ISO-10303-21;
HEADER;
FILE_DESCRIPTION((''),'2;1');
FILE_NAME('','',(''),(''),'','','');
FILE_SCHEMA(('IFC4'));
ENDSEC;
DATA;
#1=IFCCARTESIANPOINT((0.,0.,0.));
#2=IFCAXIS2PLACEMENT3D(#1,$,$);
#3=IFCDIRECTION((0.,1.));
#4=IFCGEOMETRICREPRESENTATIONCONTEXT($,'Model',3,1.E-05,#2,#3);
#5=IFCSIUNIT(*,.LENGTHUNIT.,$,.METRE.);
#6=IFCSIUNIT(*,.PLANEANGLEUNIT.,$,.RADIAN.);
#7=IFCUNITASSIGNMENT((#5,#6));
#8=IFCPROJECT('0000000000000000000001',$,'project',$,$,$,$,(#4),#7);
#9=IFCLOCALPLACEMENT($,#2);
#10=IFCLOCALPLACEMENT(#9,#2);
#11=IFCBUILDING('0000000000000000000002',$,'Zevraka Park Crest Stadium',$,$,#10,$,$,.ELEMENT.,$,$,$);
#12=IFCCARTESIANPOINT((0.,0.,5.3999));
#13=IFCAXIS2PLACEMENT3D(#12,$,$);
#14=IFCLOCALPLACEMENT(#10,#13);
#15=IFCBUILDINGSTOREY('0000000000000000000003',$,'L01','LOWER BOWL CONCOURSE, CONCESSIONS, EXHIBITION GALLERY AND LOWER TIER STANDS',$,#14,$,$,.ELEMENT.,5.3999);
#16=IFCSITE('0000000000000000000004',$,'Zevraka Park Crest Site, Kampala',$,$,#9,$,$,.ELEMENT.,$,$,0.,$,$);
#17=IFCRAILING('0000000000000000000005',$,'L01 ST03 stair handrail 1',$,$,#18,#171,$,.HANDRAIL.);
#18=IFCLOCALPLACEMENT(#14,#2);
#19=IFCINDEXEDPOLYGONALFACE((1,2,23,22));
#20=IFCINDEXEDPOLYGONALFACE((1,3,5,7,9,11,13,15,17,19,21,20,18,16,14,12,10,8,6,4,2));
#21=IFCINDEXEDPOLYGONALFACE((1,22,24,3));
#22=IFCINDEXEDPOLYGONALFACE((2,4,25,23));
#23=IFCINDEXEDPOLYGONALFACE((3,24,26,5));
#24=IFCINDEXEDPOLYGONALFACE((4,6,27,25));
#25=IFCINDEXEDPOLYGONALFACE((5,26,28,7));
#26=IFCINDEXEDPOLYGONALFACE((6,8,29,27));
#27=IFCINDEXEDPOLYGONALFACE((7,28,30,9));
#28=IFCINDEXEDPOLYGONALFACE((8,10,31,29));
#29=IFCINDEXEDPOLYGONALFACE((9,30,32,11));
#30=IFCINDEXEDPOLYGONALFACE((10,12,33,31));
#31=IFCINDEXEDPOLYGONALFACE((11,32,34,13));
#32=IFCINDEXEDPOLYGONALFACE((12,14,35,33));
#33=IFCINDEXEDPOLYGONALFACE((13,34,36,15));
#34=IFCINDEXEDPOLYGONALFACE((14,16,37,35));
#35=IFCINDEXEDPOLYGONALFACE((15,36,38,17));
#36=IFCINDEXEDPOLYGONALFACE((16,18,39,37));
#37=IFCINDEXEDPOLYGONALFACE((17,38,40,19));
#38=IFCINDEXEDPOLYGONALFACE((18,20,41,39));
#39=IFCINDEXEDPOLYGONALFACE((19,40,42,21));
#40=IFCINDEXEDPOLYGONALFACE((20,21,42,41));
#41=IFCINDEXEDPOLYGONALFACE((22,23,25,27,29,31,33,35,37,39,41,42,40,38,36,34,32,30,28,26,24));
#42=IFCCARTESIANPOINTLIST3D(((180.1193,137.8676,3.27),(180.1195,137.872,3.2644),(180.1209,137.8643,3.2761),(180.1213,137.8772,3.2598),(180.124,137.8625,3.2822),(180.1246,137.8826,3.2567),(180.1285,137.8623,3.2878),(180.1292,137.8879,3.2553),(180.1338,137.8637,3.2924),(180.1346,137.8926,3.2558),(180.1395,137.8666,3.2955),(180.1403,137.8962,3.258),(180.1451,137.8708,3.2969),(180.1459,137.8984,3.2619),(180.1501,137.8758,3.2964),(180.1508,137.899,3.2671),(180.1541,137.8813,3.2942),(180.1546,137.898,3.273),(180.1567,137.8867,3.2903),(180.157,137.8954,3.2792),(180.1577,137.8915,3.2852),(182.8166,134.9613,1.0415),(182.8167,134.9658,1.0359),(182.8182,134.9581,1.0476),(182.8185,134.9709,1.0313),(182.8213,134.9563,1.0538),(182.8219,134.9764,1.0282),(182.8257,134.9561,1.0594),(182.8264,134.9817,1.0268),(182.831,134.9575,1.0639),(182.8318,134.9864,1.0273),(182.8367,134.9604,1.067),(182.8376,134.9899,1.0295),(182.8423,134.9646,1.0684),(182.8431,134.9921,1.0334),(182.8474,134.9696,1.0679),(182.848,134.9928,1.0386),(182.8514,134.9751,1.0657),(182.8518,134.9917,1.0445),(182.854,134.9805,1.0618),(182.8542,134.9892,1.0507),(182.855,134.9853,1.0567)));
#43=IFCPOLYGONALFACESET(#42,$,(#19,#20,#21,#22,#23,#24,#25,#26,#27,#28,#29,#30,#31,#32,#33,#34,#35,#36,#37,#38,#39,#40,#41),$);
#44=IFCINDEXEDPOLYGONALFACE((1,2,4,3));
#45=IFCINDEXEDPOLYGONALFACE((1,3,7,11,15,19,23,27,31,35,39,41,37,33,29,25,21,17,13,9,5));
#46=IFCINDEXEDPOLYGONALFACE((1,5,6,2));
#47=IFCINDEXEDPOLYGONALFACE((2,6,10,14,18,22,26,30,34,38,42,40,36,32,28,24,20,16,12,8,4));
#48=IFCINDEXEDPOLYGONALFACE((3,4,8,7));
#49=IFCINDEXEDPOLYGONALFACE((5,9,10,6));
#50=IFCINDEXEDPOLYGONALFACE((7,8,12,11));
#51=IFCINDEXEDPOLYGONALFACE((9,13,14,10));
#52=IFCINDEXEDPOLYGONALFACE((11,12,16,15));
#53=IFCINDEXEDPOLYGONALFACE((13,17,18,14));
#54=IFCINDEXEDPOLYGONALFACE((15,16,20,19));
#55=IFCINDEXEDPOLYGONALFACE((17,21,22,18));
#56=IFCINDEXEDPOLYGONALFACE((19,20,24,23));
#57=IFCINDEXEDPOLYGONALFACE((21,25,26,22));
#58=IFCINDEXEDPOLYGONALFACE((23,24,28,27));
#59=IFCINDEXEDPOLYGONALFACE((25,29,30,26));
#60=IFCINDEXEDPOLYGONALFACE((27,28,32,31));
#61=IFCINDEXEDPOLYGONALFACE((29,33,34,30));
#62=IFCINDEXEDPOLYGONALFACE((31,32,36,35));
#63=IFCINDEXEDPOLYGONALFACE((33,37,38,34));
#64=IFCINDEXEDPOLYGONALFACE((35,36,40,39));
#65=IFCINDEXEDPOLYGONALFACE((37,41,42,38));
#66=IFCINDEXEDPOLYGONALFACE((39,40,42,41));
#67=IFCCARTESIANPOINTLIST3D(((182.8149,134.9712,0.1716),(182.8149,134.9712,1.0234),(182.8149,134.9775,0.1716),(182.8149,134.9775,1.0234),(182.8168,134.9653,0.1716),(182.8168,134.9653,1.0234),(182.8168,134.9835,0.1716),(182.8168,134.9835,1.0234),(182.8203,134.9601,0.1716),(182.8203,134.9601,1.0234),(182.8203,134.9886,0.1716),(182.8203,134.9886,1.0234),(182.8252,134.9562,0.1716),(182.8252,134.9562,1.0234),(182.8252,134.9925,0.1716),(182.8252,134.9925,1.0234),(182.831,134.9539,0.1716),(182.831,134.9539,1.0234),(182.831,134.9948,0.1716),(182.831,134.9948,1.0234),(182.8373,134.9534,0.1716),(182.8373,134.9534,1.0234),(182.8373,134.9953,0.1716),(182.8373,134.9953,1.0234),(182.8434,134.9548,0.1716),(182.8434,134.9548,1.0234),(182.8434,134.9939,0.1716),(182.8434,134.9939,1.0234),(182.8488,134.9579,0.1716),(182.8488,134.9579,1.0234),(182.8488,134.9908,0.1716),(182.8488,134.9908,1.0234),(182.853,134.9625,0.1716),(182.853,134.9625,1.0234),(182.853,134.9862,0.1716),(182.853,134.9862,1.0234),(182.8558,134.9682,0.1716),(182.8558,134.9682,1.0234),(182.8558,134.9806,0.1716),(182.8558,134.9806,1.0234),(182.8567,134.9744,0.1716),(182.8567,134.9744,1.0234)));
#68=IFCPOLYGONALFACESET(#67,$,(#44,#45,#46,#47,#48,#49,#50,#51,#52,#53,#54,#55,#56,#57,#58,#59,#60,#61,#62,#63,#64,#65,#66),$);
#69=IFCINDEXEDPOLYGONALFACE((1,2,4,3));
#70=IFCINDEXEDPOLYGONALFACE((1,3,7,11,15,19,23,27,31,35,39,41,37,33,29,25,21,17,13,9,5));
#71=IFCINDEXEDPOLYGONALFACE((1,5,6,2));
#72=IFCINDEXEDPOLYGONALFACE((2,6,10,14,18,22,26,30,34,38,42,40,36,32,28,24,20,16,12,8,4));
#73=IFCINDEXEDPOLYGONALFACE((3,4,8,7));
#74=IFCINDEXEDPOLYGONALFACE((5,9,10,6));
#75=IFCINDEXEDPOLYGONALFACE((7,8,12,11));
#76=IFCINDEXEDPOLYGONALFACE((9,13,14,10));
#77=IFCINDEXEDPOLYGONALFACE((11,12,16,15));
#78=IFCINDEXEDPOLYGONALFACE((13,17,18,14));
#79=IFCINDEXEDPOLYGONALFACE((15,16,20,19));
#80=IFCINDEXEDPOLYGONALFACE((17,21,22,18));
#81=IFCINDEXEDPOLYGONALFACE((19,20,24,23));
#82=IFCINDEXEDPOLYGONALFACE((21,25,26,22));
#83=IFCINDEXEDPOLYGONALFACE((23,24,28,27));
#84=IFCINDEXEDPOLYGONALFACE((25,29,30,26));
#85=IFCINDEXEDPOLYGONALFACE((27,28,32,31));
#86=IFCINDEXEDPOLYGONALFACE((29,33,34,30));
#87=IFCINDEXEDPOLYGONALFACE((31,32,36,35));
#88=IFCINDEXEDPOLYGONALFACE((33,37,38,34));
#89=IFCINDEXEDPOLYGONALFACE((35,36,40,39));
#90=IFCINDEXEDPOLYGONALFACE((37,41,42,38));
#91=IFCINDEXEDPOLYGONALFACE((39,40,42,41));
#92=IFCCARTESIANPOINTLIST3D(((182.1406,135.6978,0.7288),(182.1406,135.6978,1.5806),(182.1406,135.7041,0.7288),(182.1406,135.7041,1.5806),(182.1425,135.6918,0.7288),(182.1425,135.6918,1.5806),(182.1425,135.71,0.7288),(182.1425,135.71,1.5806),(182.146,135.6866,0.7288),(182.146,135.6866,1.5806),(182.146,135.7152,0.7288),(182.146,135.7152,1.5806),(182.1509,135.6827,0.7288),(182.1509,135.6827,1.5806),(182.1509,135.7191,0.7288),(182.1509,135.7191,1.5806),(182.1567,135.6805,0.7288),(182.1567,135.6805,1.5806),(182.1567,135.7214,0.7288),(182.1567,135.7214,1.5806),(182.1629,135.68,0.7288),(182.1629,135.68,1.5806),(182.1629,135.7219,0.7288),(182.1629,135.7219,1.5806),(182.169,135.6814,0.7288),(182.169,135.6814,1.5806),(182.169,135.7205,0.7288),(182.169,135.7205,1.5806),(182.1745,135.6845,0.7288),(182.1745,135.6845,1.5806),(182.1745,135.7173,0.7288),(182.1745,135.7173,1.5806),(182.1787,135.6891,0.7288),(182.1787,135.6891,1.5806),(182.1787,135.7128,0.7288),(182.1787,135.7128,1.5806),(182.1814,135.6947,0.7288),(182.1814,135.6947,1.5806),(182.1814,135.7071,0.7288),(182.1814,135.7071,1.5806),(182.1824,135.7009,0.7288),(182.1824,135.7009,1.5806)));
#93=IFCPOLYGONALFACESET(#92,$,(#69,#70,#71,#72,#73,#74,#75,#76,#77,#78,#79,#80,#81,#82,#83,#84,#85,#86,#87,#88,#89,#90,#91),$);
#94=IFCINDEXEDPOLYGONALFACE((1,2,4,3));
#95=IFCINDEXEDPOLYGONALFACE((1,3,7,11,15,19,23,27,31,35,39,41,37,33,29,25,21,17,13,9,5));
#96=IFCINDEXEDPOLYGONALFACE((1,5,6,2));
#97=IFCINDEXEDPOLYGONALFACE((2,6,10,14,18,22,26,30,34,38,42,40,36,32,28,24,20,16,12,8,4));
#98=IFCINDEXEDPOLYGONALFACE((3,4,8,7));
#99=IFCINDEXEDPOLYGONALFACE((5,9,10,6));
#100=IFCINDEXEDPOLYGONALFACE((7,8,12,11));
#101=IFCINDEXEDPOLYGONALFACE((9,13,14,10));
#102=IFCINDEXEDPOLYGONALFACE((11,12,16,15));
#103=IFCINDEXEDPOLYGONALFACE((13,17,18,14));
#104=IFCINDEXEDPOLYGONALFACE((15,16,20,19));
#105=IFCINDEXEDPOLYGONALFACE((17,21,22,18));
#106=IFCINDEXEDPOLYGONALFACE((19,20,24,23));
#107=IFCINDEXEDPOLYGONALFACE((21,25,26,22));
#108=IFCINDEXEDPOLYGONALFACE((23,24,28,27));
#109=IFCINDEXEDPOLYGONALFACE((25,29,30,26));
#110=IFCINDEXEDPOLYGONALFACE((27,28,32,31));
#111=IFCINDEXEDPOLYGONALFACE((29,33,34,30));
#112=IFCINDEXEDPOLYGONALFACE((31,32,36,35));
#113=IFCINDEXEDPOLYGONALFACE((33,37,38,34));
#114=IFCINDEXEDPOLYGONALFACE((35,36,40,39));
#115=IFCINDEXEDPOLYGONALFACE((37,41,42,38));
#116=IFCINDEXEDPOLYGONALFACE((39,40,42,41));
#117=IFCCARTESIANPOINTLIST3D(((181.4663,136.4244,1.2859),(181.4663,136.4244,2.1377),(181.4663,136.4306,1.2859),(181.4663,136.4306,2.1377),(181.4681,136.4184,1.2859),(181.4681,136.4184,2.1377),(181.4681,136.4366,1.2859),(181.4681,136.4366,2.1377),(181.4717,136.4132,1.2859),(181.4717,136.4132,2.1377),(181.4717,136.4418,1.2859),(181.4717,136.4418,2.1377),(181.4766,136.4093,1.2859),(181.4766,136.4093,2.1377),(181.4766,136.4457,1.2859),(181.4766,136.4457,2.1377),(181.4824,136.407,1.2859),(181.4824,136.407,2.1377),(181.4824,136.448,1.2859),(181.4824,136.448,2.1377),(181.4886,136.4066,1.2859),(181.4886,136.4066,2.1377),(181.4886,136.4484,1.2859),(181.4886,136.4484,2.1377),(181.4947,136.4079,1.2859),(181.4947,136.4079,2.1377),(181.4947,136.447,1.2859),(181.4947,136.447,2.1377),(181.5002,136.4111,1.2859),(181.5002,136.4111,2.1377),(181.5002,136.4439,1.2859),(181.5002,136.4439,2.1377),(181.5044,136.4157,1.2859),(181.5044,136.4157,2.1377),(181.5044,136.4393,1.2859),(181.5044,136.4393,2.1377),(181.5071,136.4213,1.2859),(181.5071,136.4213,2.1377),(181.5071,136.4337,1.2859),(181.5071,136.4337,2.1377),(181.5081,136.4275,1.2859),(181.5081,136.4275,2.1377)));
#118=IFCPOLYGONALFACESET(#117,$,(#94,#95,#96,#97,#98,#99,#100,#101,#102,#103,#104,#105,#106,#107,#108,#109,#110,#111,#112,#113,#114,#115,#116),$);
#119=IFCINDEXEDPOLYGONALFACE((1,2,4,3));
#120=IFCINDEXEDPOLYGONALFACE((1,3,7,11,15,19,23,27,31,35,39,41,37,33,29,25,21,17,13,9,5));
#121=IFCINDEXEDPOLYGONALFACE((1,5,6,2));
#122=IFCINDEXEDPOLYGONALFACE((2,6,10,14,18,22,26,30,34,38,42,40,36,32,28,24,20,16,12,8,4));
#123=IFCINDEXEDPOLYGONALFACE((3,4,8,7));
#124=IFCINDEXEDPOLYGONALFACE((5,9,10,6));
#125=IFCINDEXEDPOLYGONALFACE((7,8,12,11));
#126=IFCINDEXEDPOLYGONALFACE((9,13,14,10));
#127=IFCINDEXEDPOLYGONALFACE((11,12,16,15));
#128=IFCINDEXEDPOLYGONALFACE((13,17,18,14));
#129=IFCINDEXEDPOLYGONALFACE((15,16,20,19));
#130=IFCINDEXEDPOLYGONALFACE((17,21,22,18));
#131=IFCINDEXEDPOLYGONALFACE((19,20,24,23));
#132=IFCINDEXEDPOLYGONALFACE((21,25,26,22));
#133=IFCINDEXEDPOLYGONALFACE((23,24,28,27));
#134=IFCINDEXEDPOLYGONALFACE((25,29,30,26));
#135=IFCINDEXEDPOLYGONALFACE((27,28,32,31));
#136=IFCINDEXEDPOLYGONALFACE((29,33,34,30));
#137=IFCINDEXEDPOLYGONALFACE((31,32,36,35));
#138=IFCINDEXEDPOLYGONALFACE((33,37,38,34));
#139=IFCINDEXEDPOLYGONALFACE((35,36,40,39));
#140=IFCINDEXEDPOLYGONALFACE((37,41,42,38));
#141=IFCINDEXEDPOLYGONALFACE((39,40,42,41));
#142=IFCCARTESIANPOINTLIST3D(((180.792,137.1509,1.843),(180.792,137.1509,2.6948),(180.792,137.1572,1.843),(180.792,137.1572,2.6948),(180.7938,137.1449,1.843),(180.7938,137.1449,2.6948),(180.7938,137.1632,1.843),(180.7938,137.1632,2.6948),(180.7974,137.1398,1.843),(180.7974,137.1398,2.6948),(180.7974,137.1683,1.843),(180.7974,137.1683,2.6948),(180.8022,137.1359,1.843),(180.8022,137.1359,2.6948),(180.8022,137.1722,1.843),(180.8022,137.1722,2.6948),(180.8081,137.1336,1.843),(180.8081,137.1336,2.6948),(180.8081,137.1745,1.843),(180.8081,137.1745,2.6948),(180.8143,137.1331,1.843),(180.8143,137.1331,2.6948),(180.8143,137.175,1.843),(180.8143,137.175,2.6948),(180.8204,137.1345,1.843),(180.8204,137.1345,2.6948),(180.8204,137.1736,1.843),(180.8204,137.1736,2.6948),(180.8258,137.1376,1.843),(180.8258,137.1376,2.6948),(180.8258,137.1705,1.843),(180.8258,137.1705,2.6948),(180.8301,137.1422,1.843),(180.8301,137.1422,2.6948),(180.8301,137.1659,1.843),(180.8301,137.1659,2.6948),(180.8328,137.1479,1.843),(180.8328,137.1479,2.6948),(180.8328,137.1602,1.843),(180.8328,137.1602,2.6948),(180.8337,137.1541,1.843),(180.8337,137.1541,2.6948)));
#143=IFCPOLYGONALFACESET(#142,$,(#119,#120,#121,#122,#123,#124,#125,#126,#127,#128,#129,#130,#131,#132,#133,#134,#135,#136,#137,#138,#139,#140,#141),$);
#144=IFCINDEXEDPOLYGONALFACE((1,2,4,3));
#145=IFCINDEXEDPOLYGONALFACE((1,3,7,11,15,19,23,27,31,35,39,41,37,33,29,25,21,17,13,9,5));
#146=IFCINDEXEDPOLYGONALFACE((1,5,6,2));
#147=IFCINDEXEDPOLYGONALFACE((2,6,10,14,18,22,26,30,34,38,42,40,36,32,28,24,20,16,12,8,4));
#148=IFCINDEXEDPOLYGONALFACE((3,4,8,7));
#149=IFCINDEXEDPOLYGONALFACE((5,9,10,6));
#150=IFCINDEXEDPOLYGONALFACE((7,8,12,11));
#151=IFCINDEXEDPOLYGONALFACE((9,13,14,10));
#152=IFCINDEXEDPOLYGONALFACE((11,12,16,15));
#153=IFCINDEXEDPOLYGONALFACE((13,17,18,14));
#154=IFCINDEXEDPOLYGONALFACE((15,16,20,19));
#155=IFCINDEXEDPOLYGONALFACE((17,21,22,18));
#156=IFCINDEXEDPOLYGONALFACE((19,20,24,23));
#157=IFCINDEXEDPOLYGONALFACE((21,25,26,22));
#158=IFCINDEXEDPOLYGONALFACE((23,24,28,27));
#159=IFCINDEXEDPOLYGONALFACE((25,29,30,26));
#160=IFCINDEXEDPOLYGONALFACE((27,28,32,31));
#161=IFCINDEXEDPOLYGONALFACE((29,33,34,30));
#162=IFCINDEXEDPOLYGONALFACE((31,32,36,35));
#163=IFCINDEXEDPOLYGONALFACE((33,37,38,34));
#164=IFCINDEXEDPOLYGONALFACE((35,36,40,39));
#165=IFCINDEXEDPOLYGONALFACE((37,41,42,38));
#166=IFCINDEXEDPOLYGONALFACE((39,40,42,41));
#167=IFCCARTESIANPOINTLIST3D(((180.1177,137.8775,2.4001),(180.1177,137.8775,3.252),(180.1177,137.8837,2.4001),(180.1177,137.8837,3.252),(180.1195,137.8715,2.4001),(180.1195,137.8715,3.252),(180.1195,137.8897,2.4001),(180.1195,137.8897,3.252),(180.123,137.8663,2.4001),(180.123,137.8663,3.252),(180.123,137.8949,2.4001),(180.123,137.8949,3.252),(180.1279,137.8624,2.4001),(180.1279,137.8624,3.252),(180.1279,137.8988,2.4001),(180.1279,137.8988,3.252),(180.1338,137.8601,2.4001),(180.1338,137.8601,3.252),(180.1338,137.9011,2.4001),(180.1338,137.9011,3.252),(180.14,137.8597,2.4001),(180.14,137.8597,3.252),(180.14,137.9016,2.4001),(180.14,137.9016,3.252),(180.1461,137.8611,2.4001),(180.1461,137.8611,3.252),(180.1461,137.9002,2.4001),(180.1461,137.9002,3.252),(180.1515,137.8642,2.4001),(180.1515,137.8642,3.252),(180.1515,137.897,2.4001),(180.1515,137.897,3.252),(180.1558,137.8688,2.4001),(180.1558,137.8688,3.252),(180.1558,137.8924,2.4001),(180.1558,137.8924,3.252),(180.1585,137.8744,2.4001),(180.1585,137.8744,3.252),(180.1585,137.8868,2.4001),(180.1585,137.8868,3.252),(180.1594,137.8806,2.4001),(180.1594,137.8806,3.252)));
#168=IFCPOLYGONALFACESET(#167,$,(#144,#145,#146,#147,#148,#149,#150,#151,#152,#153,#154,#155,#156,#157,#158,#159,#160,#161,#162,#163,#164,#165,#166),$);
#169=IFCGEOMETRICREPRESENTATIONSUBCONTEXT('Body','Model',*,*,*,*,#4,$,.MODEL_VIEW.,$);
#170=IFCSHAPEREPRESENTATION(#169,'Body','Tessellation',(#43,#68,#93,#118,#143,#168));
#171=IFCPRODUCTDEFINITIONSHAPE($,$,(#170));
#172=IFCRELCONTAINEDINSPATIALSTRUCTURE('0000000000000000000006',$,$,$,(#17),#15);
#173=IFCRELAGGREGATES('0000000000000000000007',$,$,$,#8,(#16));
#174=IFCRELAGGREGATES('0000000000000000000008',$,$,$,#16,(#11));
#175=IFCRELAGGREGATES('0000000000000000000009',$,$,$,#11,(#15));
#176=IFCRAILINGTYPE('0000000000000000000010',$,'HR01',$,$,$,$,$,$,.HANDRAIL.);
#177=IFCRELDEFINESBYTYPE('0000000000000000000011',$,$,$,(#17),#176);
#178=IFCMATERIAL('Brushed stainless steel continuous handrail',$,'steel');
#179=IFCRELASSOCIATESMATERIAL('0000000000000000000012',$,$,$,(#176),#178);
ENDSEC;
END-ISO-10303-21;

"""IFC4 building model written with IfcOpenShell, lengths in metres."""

from ifc_helpers import new_model, si_unit, direction, frame, origin, origin_2d, place, context, subcontext, project, spatial, circle, extrude, material, type_object, element, save


model = new_model("IFC4")

# Units and contexts
model_context = context("Model", 3, precision=1e-05, world=origin(), true_north=direction((0.0, 1.0)))
body_context = subcontext(model_context, "Body", "Model", "MODEL_VIEW")
ifc_project = project(units=[si_unit("LENGTHUNIT", "METRE"), si_unit("PLANEANGLEUNIT", "RADIAN")], contexts=[model_context])

# Site, building, storey
site_placement = place(None, origin())
site = spatial("IfcSite", under=ifc_project, at=site_placement, Name="Zevraka Park Crest Site, Kampala", CompositionType="ELEMENT", RefElevation=0.0)
building_placement = place(site_placement, origin())
building = spatial("IfcBuilding", under=site, at=building_placement, Name="Zevraka Park Crest Stadium", CompositionType="ELEMENT")
storey_placement = place(building_placement, frame((0.0, 0.0, 5.3999)))
storey = spatial("IfcBuildingStorey", under=building, at=storey_placement, Name="L01", Description="LOWER BOWL CONCOURSE, CONCESSIONS, EXHIBITION GALLERY AND LOWER TIER STANDS", CompositionType="ELEMENT", Elevation=5.3999)

# Railing
ifc_material_1 = material(Name="Brushed stainless steel continuous handrail", Category="steel")
railing_type_1 = type_object("IfcRailingType", Name="HR01", PredefinedType="HANDRAIL", material=ifc_material_1)
railing_1_placement = place(storey_placement, frame((182.8357, 134.9744, 0.1716)))
element("IfcRailing", 1, at=railing_1_placement, inside=storey, type_object=railing_type_1, Name="L01 ST03 stair handrail 1", PredefinedType="HANDRAIL", context=body_context, shape_type="SweptSolid", body=[
    extrude(circle(Radius=0.0239, at=origin_2d()), frame((0.0, 0.0, 0.876), z_axis=(-0.593016, 0.638963, 0.489957), x_axis=(-0.732969, -0.680262, 0.0)), (0.0, 0.0, 1.0), 4.5483),
    extrude(circle(Radius=0.021, at=origin_2d()), origin(), (0.0, 0.0, 1.0), 0.8518),
    extrude(circle(Radius=0.021, at=origin_2d()), frame((-0.6743, 0.7266, 0.5571)), (0.0, 0.0, 1.0), 0.8518),
    extrude(circle(Radius=0.021, at=origin_2d()), frame((-1.3486, 1.4531, 1.1143)), (0.0, 0.0, 1.0), 0.8518),
    extrude(circle(Radius=0.021, at=origin_2d()), frame((-2.0229, 2.1797, 1.6714)), (0.0, 0.0, 1.0), 0.8518),
    extrude(circle(Radius=0.021, at=origin_2d()), frame((-2.6973, 2.9062, 2.2285)), (0.0, 0.0, 1.0), 0.8518),
])

save(model, "model.ifc")
